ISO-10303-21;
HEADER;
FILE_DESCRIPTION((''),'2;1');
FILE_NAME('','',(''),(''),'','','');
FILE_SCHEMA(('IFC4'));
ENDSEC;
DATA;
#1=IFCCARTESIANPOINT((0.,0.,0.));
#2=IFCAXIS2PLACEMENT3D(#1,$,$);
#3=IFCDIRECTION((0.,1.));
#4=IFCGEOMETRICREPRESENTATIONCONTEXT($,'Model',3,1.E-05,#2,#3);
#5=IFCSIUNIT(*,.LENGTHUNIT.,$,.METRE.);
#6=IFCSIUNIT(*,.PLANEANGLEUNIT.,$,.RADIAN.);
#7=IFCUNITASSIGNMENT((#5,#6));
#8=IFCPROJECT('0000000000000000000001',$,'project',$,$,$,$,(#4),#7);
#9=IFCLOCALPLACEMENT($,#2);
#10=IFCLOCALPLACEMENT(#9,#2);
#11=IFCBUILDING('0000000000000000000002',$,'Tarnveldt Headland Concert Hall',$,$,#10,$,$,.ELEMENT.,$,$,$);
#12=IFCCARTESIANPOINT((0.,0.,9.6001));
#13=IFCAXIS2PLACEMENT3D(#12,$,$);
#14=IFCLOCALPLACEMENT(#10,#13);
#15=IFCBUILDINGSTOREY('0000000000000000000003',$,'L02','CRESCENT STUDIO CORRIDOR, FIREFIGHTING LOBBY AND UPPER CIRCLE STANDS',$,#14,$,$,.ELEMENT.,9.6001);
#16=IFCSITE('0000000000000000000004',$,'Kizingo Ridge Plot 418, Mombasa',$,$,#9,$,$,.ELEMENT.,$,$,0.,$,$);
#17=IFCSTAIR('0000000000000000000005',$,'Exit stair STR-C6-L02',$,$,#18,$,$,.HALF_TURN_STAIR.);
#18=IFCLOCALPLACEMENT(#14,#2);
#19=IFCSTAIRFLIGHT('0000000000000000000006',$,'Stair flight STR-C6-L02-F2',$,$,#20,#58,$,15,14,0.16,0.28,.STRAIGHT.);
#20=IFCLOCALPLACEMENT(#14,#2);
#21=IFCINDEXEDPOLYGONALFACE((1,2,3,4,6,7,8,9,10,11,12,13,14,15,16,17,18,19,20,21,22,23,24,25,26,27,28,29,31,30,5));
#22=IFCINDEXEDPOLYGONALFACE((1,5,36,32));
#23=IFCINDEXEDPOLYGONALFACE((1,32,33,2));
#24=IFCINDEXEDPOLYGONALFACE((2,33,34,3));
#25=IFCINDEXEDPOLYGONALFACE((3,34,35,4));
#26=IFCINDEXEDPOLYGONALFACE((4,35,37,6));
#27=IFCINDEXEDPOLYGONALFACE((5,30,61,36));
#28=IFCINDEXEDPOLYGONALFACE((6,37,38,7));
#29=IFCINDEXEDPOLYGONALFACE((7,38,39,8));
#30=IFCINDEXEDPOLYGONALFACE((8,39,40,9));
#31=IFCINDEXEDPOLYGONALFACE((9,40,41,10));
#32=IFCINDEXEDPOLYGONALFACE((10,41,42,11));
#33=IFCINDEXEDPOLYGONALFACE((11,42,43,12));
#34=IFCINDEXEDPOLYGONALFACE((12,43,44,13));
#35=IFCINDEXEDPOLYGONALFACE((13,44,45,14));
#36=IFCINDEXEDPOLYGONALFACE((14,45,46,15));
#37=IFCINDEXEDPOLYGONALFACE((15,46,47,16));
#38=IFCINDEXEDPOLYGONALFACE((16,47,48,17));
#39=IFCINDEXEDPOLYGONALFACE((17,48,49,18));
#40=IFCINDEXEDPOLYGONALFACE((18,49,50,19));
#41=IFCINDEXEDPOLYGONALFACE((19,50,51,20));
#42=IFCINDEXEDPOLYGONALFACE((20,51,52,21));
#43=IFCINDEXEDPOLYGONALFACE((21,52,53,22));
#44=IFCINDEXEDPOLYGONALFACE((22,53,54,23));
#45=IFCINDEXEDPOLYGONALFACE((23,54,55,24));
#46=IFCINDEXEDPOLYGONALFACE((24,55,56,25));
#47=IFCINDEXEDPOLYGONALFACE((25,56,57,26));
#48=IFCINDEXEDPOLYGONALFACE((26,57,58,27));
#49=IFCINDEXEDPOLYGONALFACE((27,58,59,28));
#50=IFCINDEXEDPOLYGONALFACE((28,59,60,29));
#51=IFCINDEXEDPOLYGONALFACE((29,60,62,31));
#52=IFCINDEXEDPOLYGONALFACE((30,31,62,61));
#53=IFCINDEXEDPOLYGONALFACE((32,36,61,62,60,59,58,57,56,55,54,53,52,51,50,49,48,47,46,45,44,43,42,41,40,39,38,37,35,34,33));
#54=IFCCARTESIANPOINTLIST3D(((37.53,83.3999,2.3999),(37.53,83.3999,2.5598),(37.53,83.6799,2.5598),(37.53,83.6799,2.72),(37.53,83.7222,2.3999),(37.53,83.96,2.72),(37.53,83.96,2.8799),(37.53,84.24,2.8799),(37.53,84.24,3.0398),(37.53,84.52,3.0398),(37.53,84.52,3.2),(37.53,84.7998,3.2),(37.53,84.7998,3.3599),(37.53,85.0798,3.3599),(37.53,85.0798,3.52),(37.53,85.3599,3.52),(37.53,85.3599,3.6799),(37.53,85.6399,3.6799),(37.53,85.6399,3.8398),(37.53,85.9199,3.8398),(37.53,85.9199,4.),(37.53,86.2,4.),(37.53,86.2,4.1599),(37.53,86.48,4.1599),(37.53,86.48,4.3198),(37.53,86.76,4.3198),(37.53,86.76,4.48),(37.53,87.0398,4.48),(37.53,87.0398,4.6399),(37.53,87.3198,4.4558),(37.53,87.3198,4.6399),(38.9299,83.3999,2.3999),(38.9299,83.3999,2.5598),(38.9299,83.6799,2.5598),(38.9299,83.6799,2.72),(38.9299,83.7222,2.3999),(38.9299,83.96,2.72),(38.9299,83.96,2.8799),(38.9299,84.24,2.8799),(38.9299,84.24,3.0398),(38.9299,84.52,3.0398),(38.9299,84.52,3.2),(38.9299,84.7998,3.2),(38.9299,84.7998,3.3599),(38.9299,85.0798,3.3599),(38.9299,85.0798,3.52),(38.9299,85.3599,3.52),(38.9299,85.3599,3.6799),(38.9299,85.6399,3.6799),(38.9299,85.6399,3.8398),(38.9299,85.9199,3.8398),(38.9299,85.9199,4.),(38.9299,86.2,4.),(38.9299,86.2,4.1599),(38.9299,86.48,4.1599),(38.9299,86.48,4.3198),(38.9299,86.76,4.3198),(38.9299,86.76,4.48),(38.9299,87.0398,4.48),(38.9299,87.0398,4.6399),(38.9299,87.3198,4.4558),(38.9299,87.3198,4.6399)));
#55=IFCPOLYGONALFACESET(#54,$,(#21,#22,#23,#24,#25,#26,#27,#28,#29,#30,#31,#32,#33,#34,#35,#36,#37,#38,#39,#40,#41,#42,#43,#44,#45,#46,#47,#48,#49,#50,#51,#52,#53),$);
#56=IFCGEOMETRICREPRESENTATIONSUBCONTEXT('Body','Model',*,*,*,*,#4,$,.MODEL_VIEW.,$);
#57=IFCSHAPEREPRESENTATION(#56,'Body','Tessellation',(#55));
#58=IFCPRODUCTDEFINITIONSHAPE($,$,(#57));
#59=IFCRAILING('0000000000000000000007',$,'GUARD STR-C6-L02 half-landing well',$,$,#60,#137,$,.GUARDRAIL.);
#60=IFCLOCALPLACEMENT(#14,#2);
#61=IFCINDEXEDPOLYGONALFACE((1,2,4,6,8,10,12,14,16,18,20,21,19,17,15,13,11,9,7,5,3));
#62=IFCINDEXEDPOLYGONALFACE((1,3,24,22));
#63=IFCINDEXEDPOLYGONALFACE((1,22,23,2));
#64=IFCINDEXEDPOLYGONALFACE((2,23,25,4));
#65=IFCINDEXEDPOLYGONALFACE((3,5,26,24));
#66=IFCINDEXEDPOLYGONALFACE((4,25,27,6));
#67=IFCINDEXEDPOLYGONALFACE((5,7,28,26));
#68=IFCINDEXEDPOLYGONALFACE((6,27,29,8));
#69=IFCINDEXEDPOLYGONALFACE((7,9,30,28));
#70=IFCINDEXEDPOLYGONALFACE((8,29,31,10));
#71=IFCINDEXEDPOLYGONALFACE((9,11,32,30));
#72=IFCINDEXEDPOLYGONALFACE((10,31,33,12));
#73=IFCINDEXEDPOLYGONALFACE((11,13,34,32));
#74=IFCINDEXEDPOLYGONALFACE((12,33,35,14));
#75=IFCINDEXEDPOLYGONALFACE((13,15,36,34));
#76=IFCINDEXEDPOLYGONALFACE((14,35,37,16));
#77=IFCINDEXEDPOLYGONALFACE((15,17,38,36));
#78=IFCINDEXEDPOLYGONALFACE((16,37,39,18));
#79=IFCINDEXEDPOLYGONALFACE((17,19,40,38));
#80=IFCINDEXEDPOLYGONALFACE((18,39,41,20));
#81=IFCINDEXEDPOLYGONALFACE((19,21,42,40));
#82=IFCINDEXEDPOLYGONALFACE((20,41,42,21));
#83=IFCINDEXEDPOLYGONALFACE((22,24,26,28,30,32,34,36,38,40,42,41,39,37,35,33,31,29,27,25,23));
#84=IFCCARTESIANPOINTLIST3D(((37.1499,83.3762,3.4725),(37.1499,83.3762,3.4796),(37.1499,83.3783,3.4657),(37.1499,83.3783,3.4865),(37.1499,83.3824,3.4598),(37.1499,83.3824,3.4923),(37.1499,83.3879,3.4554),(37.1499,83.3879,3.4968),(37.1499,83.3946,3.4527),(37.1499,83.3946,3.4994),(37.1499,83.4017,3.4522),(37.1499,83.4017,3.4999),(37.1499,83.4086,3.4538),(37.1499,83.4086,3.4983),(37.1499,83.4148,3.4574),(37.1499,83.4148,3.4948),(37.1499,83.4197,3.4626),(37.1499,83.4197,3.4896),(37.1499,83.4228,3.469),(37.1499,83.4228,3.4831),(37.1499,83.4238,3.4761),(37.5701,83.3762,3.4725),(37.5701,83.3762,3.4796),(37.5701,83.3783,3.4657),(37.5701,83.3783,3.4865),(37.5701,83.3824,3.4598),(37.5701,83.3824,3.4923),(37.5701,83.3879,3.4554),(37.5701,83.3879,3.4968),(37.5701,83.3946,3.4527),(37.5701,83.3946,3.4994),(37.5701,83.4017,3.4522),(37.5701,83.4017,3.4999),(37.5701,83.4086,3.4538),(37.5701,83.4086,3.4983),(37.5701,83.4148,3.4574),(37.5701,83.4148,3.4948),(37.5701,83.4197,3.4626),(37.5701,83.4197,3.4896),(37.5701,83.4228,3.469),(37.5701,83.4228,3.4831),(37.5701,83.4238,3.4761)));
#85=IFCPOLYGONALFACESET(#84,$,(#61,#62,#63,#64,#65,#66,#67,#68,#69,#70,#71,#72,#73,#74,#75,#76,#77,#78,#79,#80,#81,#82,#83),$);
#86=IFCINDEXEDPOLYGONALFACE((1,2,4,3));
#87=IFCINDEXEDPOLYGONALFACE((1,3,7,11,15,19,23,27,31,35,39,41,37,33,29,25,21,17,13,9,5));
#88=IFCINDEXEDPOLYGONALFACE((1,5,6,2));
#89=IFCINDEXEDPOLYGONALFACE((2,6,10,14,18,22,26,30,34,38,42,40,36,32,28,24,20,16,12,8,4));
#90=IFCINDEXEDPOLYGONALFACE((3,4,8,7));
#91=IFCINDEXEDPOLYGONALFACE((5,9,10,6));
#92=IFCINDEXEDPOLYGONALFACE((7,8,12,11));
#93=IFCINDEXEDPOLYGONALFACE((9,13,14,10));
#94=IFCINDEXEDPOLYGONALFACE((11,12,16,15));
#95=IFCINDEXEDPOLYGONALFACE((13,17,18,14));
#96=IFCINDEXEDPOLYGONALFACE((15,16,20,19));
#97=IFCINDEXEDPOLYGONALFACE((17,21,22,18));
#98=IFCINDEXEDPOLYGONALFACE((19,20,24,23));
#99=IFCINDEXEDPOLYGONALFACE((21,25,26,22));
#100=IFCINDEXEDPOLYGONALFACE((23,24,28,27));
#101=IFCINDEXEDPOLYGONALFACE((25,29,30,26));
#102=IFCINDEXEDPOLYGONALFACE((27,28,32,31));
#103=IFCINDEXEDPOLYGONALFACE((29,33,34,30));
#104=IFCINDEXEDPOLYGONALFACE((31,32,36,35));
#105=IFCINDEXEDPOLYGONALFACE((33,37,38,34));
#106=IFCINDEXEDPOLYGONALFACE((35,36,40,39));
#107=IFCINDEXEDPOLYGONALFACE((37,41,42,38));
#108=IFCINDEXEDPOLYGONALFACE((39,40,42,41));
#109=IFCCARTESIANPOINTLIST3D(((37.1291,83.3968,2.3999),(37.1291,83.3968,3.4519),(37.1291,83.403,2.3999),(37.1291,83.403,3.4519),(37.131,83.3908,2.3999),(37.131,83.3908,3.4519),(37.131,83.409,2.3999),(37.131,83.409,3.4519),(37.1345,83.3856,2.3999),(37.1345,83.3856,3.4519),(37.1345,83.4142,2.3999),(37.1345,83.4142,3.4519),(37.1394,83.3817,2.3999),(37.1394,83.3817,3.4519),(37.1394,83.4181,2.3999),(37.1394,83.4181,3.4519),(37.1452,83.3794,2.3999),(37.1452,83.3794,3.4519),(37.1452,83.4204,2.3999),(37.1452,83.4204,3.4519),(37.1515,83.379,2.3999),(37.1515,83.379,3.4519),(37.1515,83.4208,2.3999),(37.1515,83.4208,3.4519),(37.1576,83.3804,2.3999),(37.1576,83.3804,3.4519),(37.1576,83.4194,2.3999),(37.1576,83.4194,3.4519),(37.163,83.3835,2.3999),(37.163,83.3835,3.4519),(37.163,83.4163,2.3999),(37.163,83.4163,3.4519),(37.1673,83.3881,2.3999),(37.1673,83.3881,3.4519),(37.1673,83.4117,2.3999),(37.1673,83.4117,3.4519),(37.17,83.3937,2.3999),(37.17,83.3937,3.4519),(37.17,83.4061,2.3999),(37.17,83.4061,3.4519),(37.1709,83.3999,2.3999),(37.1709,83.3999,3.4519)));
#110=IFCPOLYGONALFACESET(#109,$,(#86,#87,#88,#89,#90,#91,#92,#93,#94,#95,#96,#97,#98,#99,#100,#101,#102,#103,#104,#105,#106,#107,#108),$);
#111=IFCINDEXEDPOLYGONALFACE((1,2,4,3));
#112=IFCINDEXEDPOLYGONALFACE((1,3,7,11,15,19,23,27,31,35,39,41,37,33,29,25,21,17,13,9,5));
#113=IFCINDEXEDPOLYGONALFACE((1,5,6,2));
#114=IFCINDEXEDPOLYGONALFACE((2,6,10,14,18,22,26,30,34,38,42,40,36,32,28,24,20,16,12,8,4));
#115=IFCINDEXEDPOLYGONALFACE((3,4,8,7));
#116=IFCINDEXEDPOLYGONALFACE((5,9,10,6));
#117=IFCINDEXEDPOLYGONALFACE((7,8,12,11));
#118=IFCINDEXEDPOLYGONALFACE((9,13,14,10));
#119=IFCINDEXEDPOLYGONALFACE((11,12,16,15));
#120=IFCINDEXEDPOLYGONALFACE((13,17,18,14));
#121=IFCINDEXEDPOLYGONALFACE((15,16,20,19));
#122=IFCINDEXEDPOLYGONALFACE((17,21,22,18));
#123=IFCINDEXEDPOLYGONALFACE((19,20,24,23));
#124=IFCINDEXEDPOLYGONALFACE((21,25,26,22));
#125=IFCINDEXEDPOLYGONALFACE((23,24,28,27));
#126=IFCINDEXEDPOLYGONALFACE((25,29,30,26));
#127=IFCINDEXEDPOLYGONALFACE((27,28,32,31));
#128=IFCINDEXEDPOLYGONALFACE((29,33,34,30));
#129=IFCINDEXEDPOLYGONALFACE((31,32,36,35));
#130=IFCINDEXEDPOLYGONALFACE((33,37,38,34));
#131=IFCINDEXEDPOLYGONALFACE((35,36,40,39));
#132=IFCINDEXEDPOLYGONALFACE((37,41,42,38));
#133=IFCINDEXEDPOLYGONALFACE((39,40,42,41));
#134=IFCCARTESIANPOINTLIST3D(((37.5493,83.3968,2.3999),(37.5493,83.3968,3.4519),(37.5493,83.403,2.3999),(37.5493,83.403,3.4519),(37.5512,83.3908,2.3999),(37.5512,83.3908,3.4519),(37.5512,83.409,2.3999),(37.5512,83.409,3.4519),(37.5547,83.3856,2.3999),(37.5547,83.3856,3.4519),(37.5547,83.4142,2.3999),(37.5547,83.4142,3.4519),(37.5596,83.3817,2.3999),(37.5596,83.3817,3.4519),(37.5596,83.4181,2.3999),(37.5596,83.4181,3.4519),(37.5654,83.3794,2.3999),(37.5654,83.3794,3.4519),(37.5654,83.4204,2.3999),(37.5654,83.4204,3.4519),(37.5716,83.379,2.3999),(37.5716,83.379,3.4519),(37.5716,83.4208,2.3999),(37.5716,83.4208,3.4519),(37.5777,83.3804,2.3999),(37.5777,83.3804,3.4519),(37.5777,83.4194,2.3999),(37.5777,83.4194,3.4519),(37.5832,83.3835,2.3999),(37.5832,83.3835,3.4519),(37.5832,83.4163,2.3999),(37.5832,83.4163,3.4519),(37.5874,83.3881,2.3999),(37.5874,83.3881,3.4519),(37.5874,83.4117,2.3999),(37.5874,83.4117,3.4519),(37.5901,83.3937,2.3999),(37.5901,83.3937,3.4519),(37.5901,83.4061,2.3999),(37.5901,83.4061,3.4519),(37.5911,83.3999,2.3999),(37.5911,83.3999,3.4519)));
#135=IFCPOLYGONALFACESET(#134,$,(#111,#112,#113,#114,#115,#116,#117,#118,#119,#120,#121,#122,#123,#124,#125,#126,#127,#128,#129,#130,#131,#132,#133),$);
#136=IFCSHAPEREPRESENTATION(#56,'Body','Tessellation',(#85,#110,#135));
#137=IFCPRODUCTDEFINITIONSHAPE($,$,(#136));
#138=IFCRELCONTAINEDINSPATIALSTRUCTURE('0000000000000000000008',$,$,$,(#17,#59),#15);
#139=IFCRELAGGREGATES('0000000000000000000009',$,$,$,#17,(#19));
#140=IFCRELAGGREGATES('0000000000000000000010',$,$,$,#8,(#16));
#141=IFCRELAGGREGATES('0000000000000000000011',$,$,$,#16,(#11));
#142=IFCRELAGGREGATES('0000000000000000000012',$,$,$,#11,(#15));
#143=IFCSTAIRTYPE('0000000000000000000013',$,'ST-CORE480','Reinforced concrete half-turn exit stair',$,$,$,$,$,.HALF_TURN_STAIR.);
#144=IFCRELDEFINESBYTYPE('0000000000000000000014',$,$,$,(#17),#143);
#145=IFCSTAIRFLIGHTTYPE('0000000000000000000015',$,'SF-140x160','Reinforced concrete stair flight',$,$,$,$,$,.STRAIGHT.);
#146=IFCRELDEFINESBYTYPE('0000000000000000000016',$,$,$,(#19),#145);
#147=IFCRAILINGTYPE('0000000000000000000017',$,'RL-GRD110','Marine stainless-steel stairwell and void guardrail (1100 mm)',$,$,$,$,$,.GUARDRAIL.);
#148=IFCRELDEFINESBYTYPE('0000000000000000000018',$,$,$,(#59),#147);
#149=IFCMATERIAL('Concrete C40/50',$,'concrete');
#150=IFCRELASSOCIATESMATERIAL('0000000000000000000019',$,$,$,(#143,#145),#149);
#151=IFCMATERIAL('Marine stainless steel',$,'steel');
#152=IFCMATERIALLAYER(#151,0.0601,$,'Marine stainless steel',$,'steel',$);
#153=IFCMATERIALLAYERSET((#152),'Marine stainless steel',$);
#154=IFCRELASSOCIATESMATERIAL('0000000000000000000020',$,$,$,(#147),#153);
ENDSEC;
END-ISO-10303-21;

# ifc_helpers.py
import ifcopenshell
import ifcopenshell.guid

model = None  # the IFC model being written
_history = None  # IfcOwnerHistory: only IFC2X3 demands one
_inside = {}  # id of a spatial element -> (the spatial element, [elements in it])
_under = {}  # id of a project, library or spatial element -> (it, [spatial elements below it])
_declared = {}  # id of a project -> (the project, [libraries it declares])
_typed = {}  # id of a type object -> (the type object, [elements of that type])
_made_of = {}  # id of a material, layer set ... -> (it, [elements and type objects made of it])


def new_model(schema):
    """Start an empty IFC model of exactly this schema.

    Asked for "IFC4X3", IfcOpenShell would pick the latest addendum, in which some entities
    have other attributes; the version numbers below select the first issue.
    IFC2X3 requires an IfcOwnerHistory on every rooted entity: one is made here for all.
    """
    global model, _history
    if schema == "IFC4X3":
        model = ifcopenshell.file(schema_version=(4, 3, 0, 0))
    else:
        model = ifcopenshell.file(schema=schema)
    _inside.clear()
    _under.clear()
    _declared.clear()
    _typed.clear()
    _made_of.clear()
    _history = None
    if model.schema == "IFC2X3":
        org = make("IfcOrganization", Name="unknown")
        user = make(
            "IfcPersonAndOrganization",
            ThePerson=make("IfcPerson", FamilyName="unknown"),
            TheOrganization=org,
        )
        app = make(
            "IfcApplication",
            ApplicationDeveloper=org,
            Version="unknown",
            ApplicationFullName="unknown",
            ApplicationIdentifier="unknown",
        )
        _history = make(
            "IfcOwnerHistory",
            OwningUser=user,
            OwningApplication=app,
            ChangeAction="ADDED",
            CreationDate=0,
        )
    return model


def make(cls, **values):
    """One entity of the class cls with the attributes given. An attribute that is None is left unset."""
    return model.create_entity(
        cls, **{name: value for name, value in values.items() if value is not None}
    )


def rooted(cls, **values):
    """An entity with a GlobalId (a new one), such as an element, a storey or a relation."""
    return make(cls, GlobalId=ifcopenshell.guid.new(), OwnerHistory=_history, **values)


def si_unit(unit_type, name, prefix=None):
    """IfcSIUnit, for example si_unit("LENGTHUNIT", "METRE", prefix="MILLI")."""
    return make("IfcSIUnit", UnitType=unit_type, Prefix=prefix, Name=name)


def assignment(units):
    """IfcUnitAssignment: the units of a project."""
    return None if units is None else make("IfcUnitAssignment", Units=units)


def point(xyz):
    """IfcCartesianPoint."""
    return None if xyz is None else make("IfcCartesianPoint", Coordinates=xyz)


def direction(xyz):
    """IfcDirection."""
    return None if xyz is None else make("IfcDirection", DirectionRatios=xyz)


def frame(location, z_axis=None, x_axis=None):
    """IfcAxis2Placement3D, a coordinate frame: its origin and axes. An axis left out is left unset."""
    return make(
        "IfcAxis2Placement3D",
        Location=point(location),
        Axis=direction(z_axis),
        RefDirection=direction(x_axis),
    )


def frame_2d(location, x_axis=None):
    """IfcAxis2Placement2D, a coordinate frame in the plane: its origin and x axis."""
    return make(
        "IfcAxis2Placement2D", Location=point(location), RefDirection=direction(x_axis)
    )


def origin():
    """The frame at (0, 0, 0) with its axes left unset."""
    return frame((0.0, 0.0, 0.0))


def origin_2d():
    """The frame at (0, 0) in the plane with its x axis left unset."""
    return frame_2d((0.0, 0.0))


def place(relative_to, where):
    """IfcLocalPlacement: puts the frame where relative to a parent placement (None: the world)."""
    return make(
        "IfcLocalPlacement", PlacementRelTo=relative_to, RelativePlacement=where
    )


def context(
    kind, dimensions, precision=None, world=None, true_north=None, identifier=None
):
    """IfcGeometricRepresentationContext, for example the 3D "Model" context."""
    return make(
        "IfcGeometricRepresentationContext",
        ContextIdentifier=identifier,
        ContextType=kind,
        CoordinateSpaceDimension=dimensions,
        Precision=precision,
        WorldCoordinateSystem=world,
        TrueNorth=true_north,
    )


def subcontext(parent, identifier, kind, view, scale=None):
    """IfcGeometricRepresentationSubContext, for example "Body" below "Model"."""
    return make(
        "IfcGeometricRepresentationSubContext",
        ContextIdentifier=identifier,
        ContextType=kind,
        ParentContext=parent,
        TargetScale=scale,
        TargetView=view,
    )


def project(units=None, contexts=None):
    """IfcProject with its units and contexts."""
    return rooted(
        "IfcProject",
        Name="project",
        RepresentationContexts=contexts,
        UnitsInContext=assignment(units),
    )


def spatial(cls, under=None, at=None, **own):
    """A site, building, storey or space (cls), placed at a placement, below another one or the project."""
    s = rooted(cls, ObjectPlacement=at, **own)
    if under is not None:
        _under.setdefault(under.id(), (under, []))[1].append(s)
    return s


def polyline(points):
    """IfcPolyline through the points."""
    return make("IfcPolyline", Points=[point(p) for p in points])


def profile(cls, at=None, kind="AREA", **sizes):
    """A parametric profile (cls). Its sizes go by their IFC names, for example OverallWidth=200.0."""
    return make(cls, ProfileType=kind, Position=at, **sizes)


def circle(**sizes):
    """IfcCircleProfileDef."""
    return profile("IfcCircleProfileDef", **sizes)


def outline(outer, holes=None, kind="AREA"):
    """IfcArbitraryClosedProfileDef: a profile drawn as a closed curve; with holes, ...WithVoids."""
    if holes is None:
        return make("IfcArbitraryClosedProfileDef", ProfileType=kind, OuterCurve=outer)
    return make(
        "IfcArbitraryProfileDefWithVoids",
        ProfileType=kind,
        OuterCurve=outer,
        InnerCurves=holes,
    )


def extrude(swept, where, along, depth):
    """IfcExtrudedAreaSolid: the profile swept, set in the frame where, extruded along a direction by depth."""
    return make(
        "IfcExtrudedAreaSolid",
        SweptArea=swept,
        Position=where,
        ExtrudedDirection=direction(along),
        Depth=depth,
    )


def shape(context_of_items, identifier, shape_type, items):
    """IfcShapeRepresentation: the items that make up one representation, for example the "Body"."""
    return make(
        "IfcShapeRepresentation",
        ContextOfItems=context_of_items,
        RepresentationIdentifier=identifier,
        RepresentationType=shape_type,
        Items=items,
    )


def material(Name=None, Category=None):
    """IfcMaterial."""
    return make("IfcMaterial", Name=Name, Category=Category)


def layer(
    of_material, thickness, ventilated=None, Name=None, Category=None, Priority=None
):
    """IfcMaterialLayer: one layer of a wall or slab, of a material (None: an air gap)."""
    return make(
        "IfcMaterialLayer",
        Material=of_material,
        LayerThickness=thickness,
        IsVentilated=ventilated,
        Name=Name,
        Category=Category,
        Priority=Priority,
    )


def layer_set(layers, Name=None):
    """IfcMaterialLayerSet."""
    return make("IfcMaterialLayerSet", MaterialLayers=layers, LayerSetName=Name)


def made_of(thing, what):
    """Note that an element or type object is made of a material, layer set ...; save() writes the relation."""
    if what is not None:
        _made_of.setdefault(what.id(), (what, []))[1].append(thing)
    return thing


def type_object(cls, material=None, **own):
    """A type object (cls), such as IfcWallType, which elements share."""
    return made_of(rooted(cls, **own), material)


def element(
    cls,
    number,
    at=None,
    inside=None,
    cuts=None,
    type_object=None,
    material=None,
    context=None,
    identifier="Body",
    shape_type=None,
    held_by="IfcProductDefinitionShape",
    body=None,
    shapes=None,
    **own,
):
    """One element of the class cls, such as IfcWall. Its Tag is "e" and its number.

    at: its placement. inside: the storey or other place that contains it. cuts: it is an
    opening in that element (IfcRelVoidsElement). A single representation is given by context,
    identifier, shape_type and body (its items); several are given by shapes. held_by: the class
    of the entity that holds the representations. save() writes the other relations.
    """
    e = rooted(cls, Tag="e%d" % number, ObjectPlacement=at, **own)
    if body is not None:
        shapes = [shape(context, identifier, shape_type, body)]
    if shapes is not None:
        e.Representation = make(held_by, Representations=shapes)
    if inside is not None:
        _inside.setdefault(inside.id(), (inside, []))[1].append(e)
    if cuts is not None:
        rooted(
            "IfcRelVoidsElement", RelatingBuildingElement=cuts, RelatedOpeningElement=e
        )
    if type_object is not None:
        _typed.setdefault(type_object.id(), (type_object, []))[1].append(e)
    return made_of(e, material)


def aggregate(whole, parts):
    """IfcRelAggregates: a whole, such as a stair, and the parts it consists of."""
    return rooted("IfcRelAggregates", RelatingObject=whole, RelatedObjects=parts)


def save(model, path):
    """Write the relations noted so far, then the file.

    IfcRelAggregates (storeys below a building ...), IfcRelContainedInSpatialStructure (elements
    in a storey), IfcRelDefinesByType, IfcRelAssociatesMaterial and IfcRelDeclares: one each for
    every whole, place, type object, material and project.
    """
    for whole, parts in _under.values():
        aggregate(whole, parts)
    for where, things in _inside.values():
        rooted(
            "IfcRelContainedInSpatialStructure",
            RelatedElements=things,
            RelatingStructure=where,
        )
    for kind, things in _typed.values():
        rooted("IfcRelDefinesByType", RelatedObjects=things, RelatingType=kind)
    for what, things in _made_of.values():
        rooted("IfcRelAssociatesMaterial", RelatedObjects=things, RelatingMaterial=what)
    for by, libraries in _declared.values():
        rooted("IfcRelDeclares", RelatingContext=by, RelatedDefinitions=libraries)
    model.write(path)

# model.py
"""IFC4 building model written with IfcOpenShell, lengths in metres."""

from ifc_helpers import new_model, si_unit, direction, frame, origin, origin_2d, place, context, subcontext, project, spatial, polyline, circle, outline, extrude, material, layer, layer_set, type_object, element, aggregate, save


model = new_model("IFC4")

# Units and contexts
model_context = context("Model", 3, precision=1e-05, world=origin(), true_north=direction((0.0, 1.0)))
body_context = subcontext(model_context, "Body", "Model", "MODEL_VIEW")
ifc_project = project(units=[si_unit("LENGTHUNIT", "METRE"), si_unit("PLANEANGLEUNIT", "RADIAN")], contexts=[model_context])

# Site, building, storey
site_placement = place(None, origin())
site = spatial("IfcSite", under=ifc_project, at=site_placement, Name="Kizingo Ridge Plot 418, Mombasa", CompositionType="ELEMENT", RefElevation=0.0)
building_placement = place(site_placement, origin())
building = spatial("IfcBuilding", under=site, at=building_placement, Name="Tarnveldt Headland Concert Hall", CompositionType="ELEMENT")
storey_placement = place(building_placement, frame((0.0, 0.0, 9.6001)))
storey = spatial("IfcBuildingStorey", under=building, at=storey_placement, Name="L02", Description="CRESCENT STUDIO CORRIDOR, FIREFIGHTING LOBBY AND UPPER CIRCLE STANDS", CompositionType="ELEMENT", Elevation=9.6001)

# Shared definitions
ifc_material_1 = material(Name="Concrete C40/50", Category="concrete")

# Stair, stair flight
stair_type = type_object("IfcStairType", Name="ST-CORE480", Description="Reinforced concrete half-turn exit stair", PredefinedType="HALF_TURN_STAIR", material=ifc_material_1)
stair_placement = place(storey_placement, origin())
stair = element("IfcStair", 1, at=stair_placement, inside=storey, type_object=stair_type, Name="Exit stair STR-C6-L02", PredefinedType="HALF_TURN_STAIR")
stair_flight_type = type_object("IfcStairFlightType", Name="SF-140x160", Description="Reinforced concrete stair flight", PredefinedType="STRAIGHT", material=ifc_material_1)
stair_flight_1_placement = place(storey_placement, frame((38.23, 83.3999, 2.3999), z_axis=(0.0, 0.0, 1.0), x_axis=(0.0, 1.0, 0.0)))
stair_flight_1 = element("IfcStairFlight", 2, at=stair_flight_1_placement, type_object=stair_flight_type, Name="Stair flight STR-C6-L02-F2", NumberOfRisers=15, NumberOfTreads=14, PredefinedType="STRAIGHT", RiserHeight=0.16, TreadLength=0.28, context=body_context, shape_type="SweptSolid", body=[
    extrude(outline(polyline([(0.0, 0.0), (0.0, 0.1599), (0.28, 0.1599), (0.28, 0.3201), (0.5601, 0.3201), (0.5601, 0.48), (0.8401, 0.48), (0.8401, 0.6399), (1.1201, 0.6399), (1.1201, 0.8), (1.3999, 0.8), (1.3999, 0.96), (1.6799, 0.96), (1.6799, 1.1201), (1.96, 1.1201), (1.96, 1.28), (2.24, 1.28), (2.24, 1.4399), (2.52, 1.4399), (2.52, 1.6001), (2.8, 1.6001), (2.8, 1.76), (3.0801, 1.76), (3.0801, 1.9199), (3.3601, 1.9199), (3.3601, 2.0801), (3.6399, 2.0801), (3.6399, 2.24), (3.9199, 2.24), (3.9199, 2.3999), (3.9199, 2.0559), (0.3223, 0.0), (0.0, 0.0)])), frame((0.0, 0.7, 0.0), z_axis=(0.0, -1.0, 0.0), x_axis=(1.0, 0.0, 0.0)), (0.0, 0.0, 1.0), 1.3999),
])
aggregate(stair, [stair_flight_1])

# Railing
ifc_material_2 = material(Name="Marine stainless steel", Category="steel")
ifc_layer_1 = layer(ifc_material_2, 0.0601, Name="Marine stainless steel", Category="steel")
ifc_layer_set_1 = layer_set([ifc_layer_1], Name="Marine stainless steel")
railing_type_1 = type_object("IfcRailingType", Name="RL-GRD110", Description="Marine stainless-steel stairwell and void guardrail (1100 mm)", PredefinedType="GUARDRAIL", material=ifc_layer_set_1)
railing_1_placement = place(storey_placement, frame((37.1499, 83.3999, 2.3999)))
element("IfcRailing", 3, at=railing_1_placement, inside=storey, type_object=railing_type_1, Name="GUARD STR-C6-L02 half-landing well", PredefinedType="GUARDRAIL", context=body_context, shape_type="SweptSolid", body=[
    extrude(circle(Radius=0.0239, at=origin_2d()), frame((0.0, 0.0, 1.0762), z_axis=(1.0, 0.0, 0.0), x_axis=(0.0, 1.0, 0.0)), (0.0, 0.0, 1.0), 0.4202),
    extrude(circle(Radius=0.021, at=origin_2d()), origin(), (0.0, 0.0, 1.0), 1.052),
    extrude(circle(Radius=0.021, at=origin_2d()), frame((0.4202, 0.0, 0.0)), (0.0, 0.0, 1.0), 1.052),
])

save(model, "model.ifc")
